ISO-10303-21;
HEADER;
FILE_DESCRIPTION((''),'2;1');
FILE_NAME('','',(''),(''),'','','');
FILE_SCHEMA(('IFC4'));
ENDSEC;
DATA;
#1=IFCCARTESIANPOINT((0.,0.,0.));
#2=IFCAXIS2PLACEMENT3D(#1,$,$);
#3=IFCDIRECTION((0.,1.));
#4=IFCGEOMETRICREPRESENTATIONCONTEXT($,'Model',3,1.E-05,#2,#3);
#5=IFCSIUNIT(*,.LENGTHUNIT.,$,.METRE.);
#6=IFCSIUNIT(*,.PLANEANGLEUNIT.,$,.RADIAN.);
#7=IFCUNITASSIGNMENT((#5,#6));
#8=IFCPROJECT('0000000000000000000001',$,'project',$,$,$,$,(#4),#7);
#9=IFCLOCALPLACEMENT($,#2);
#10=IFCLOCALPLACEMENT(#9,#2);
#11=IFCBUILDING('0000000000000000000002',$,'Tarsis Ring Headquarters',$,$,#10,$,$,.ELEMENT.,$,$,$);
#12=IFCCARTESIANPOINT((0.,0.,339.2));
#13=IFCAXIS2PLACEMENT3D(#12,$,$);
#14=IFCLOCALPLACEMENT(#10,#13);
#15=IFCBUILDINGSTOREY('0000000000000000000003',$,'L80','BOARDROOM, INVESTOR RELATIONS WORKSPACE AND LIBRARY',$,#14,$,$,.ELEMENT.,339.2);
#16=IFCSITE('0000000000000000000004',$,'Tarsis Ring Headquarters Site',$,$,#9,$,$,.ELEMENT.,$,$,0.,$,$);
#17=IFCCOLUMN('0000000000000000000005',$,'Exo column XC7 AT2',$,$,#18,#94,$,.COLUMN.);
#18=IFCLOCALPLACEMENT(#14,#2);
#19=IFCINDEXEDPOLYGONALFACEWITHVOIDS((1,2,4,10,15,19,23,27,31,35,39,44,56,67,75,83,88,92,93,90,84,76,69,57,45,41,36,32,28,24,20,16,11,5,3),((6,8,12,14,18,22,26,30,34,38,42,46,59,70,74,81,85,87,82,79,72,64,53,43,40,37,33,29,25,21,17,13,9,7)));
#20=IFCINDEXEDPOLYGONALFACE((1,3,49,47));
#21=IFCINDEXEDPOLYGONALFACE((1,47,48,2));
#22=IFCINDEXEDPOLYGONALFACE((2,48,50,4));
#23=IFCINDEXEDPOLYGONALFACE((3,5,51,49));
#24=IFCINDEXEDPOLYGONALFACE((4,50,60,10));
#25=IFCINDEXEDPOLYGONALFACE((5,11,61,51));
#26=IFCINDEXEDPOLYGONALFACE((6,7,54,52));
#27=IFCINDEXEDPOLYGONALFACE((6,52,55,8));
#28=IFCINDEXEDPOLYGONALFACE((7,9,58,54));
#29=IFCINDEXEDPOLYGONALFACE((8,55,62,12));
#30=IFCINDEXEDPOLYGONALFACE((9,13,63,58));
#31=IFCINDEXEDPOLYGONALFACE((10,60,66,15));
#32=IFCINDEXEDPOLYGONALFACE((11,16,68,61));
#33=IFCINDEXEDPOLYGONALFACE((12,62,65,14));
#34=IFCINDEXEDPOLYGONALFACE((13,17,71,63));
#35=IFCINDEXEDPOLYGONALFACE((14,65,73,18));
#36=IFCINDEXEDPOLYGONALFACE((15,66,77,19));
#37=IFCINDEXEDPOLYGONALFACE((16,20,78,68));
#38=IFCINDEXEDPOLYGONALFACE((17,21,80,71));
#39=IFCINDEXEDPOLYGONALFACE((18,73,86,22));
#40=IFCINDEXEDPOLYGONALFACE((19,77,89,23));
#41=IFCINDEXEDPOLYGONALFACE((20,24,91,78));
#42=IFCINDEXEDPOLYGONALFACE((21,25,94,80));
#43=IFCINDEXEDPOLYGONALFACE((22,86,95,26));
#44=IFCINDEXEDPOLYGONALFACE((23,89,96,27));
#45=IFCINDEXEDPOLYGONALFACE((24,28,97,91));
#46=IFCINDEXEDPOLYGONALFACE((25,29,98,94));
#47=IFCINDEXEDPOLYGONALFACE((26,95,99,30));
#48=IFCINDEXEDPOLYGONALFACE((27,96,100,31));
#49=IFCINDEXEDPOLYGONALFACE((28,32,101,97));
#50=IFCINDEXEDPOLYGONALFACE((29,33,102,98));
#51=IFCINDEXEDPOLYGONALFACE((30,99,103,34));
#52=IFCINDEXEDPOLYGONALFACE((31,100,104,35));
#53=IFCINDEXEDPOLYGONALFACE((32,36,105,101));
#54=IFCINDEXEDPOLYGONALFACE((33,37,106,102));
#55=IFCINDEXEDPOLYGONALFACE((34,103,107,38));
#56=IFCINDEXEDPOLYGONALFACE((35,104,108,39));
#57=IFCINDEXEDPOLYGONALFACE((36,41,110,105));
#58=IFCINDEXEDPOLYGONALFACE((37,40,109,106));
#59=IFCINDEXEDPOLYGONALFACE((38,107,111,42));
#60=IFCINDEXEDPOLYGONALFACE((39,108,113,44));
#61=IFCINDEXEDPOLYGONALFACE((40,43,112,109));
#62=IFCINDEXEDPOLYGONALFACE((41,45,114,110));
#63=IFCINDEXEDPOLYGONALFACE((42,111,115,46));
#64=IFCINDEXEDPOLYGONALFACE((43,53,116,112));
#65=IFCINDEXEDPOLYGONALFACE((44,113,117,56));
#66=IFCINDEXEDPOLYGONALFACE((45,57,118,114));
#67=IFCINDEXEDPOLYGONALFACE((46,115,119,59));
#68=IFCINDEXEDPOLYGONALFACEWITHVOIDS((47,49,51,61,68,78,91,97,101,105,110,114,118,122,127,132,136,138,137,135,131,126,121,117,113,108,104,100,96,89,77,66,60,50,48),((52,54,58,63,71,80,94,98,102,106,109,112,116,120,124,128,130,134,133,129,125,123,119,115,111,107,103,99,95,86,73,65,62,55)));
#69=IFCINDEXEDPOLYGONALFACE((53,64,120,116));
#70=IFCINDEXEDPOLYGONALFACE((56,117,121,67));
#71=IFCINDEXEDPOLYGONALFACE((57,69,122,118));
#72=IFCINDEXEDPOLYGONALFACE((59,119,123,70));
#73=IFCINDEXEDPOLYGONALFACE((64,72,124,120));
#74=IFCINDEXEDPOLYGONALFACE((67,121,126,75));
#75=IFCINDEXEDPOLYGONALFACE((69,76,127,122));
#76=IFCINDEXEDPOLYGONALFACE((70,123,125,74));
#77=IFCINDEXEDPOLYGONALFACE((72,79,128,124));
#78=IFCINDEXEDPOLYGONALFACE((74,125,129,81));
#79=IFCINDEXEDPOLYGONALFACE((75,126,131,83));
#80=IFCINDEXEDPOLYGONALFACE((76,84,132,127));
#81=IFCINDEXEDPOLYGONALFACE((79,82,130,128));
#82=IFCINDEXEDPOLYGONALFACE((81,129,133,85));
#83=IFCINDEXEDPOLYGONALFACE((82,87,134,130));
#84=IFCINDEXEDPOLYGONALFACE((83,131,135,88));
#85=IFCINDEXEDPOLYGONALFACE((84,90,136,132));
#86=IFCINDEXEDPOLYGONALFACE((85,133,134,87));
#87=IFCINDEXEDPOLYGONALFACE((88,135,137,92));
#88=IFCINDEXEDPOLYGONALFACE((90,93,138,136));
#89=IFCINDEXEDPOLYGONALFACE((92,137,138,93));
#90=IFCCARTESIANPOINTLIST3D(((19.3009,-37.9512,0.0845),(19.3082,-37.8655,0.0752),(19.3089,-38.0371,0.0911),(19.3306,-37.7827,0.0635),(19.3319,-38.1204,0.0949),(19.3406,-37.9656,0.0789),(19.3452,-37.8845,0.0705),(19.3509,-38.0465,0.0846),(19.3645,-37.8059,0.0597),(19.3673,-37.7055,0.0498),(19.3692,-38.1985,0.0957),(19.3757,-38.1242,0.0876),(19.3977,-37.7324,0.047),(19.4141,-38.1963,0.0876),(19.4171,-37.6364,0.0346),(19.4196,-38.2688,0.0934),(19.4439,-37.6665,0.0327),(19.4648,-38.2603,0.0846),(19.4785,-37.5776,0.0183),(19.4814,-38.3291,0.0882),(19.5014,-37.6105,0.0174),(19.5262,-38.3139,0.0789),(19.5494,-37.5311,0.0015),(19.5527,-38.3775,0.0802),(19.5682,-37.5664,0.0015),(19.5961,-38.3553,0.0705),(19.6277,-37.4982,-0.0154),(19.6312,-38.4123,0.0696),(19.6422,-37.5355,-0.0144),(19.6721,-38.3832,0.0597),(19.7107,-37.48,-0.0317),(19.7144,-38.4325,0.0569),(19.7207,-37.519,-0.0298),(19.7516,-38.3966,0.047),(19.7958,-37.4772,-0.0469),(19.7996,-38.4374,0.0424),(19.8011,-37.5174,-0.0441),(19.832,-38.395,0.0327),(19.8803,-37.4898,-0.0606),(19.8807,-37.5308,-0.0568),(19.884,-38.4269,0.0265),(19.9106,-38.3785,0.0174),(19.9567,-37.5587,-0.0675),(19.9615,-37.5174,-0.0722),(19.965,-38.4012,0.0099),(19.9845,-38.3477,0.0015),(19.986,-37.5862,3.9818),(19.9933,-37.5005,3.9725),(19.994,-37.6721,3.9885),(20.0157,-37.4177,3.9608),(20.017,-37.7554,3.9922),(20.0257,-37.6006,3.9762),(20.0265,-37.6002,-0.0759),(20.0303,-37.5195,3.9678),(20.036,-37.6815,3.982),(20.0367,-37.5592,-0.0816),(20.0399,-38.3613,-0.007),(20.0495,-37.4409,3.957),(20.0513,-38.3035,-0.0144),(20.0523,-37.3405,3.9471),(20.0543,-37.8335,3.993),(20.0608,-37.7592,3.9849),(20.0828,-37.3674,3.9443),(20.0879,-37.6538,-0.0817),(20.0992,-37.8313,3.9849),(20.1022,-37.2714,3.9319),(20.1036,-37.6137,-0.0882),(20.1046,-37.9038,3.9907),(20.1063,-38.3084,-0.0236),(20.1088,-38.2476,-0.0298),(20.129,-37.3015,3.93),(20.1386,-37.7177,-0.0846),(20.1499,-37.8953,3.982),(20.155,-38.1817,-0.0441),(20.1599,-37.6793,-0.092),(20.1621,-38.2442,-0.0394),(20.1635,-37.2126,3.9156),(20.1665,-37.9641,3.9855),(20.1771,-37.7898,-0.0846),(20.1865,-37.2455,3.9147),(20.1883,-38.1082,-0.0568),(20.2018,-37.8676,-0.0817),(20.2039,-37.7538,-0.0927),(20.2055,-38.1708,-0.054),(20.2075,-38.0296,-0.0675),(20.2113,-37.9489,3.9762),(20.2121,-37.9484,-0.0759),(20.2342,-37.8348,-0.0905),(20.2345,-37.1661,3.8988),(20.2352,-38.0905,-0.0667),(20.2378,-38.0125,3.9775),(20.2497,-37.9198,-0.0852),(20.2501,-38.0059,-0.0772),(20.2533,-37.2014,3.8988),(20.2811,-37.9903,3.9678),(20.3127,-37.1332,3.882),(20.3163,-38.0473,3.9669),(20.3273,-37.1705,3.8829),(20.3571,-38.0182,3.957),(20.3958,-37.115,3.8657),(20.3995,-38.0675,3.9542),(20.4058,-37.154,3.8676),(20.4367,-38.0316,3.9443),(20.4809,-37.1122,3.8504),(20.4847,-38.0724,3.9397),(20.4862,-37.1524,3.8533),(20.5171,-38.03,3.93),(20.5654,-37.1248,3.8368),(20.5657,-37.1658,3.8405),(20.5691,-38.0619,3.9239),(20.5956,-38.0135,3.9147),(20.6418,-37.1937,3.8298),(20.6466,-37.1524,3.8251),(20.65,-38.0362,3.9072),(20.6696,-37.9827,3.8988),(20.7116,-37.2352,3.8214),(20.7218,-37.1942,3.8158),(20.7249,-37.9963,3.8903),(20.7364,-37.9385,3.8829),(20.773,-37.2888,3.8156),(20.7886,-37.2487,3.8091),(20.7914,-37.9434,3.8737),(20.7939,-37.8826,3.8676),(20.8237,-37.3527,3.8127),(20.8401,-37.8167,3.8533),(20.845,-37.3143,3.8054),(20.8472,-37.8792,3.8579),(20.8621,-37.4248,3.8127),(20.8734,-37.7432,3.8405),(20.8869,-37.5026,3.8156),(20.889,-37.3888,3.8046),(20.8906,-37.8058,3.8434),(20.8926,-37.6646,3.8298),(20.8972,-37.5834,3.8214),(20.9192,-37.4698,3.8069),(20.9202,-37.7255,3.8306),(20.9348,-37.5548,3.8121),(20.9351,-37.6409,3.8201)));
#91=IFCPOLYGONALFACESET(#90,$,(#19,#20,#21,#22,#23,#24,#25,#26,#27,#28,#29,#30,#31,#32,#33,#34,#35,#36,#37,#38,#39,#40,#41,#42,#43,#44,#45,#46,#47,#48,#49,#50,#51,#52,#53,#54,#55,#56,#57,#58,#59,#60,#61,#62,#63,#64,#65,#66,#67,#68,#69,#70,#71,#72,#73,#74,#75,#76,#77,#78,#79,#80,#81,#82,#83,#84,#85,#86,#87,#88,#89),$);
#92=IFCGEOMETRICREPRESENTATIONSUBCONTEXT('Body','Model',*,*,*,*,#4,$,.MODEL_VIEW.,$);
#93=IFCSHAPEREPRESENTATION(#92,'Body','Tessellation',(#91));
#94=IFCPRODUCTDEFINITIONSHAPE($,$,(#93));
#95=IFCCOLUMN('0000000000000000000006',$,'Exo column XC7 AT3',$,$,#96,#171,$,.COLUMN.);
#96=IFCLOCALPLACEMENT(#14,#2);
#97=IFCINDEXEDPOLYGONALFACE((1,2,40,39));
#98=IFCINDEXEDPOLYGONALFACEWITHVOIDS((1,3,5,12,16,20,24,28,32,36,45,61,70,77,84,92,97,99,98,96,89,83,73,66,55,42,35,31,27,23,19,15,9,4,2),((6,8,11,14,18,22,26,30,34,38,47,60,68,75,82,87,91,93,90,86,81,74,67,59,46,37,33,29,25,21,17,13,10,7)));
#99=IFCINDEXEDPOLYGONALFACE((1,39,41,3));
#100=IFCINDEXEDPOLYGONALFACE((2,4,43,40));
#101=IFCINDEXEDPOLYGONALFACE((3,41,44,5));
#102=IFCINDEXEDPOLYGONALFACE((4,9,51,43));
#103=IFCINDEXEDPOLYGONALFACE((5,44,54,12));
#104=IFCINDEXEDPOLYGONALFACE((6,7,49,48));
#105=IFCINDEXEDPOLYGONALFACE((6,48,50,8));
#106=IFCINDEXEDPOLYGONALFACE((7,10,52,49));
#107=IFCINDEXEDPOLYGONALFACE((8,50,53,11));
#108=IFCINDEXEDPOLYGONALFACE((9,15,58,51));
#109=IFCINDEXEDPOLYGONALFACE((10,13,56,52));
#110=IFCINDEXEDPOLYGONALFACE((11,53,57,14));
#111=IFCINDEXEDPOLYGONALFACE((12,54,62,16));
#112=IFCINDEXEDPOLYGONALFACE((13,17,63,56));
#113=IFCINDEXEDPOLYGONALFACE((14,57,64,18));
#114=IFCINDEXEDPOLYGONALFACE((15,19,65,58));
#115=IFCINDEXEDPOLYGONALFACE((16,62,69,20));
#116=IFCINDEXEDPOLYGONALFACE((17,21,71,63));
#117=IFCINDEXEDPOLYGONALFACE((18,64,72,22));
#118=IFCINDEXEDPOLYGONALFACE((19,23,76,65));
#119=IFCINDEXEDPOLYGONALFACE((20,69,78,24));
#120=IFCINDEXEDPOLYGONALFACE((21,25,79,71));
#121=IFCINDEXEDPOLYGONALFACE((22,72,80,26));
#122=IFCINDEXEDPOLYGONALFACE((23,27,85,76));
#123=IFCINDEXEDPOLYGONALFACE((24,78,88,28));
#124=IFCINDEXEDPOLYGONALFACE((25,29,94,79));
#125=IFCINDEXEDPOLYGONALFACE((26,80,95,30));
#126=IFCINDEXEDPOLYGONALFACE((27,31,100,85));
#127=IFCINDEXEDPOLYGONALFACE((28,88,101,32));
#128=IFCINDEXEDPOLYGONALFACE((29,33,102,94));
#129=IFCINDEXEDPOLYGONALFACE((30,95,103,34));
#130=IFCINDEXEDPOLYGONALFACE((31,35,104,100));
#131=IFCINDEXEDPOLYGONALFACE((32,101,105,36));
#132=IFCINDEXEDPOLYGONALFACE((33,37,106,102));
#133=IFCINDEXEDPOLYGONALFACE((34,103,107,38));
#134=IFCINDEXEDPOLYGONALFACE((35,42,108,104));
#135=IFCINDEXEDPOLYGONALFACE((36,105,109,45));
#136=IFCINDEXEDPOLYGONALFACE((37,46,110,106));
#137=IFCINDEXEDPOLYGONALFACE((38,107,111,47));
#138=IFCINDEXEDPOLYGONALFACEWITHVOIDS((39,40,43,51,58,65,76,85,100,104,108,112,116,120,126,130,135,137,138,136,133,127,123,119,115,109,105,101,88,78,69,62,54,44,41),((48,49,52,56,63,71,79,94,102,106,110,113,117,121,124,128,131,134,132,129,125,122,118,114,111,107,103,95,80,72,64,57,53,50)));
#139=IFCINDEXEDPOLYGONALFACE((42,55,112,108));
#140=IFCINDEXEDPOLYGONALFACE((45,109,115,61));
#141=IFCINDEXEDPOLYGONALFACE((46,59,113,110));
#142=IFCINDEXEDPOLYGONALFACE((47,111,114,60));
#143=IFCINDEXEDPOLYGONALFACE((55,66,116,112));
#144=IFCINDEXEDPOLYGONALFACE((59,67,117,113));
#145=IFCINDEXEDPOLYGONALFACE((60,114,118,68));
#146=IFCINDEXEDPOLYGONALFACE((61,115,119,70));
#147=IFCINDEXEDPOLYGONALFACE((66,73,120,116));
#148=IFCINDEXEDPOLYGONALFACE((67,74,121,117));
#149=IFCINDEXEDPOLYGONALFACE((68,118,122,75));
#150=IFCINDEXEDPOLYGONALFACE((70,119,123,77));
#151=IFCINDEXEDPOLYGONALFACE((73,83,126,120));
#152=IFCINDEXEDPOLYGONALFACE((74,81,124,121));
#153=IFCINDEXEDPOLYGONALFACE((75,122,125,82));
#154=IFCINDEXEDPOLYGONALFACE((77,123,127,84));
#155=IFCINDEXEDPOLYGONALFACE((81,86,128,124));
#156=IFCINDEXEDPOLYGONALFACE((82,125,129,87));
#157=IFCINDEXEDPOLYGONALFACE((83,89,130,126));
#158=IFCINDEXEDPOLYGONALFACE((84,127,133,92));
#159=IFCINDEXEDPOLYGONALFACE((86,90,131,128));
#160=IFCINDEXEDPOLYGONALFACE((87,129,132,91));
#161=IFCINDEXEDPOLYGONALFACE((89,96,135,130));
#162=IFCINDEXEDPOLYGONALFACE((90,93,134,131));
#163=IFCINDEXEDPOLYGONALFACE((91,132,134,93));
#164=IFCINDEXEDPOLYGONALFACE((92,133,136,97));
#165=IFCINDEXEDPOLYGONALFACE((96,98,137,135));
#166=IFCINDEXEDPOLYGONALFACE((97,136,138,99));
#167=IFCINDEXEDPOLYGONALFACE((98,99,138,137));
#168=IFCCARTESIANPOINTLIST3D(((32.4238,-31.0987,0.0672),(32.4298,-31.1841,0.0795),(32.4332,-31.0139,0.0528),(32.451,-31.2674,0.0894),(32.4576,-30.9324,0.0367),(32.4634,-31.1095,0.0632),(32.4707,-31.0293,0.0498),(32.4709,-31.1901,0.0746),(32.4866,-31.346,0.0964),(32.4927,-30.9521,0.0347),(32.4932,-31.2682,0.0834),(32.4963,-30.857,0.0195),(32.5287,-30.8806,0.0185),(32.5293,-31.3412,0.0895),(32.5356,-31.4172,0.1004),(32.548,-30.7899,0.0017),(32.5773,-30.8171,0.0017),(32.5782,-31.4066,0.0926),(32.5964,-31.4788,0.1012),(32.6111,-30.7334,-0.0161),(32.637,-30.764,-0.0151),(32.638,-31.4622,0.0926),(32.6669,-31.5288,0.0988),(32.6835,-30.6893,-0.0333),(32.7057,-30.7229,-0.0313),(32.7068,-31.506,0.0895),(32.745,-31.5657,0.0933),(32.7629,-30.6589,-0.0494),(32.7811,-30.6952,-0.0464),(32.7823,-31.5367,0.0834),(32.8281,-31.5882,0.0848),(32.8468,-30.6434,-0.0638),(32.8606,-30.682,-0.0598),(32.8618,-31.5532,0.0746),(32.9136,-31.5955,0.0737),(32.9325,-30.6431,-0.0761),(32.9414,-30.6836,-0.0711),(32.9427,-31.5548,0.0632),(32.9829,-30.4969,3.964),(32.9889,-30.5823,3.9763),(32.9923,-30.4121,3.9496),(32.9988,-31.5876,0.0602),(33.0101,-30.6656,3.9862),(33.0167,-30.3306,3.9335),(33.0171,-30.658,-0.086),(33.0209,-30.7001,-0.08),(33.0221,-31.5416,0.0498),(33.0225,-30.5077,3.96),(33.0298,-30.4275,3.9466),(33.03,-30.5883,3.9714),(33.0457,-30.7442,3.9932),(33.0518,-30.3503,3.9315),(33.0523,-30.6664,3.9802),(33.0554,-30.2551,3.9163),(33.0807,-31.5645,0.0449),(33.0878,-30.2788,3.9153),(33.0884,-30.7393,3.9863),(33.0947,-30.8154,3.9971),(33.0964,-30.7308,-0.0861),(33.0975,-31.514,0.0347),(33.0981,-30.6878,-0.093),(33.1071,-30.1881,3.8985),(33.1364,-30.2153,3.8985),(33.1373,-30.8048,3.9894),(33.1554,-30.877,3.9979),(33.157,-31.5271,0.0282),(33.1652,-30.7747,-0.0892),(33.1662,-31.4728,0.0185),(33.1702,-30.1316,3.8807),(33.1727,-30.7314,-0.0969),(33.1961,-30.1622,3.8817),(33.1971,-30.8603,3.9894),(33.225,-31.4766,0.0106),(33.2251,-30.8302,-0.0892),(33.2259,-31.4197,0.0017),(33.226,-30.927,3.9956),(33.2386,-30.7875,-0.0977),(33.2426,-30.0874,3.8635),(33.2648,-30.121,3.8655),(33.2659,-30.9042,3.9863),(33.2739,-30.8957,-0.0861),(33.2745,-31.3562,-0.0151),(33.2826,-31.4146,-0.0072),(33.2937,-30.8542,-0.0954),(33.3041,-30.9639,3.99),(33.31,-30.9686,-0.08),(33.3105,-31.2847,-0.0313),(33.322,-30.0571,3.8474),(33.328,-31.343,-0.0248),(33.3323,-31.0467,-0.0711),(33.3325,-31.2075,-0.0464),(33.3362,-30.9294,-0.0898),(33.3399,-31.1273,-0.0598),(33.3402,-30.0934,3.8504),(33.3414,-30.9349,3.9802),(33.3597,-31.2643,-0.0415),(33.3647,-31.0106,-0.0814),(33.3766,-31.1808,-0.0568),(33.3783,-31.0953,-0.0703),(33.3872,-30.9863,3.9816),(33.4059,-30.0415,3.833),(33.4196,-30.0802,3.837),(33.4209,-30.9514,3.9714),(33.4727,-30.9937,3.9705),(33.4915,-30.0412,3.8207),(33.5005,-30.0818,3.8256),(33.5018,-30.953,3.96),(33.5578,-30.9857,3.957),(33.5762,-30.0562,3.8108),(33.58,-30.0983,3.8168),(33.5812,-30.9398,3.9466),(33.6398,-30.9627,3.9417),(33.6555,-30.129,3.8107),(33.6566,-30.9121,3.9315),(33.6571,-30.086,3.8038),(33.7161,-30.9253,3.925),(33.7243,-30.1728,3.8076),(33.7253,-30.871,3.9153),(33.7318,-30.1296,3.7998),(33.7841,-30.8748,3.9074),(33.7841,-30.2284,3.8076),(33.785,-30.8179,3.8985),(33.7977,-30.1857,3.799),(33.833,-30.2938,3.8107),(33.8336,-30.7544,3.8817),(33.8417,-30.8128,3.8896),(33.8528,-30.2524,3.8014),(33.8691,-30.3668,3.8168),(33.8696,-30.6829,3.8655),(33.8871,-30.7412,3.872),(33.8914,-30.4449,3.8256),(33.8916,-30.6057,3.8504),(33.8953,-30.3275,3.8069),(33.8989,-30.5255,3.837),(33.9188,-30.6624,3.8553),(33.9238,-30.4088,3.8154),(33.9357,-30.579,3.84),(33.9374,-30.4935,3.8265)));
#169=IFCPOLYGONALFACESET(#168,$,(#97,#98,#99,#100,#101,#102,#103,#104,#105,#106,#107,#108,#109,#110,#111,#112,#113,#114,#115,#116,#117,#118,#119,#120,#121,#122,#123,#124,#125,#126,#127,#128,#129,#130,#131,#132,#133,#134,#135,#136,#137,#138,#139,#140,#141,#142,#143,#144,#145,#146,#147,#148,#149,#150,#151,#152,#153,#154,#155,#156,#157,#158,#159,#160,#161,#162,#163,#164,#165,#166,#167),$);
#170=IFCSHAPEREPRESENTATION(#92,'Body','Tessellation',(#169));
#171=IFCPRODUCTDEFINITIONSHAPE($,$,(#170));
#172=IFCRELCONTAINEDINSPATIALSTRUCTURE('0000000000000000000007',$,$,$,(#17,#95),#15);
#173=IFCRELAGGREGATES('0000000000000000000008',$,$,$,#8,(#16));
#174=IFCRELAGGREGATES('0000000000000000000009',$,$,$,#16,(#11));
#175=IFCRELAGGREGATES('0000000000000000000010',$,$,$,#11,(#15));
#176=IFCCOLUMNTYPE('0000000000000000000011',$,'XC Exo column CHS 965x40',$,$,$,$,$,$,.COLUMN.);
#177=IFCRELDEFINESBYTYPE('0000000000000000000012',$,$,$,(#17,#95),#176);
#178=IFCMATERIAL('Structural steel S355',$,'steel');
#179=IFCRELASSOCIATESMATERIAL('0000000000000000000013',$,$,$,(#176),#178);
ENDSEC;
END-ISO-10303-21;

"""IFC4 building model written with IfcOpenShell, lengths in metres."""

from ifc_helpers import new_model, si_unit, direction, frame, origin, origin_2d, place, context, subcontext, project, spatial, hollow_circle, extrude, material, material_profile, profile_set, type_object, element, save


model = new_model("IFC4")

# Units and contexts
model_context = context("Model", 3, precision=1e-05, world=origin(), true_north=direction((0.0, 1.0)))
body_context = subcontext(model_context, "Body", "Model", "MODEL_VIEW")
ifc_project = project(units=[si_unit("LENGTHUNIT", "METRE"), si_unit("PLANEANGLEUNIT", "RADIAN")], contexts=[model_context])

# Site, building, storey
site_placement = place(None, origin())
site = spatial("IfcSite", under=ifc_project, at=site_placement, Name="Tarsis Ring Headquarters Site", CompositionType="ELEMENT", RefElevation=0.0)
building_placement = place(site_placement, origin())
building = spatial("IfcBuilding", under=site, at=building_placement, Name="Tarsis Ring Headquarters", CompositionType="ELEMENT")
storey_placement = place(building_placement, frame((0.0, 0.0, 339.2)))
storey = spatial("IfcBuildingStorey", under=building, at=storey_placement, Name="L80", Description="BOARDROOM, INVESTOR RELATIONS WORKSPACE AND LIBRARY", CompositionType="ELEMENT", Elevation=339.2)

# Columns
ifc_material_1 = material(Name="Structural steel S355", Category="steel")
ifc_material_profile_1 = material_profile(ifc_material_1, hollow_circle(Radius=0.4827, WallThickness=0.04, at=origin_2d()), Name="CHS 965x40")
ifc_profile_set_1 = profile_set([ifc_material_profile_1], Name="Structural steel S355")
column_type = type_object("IfcColumnType", Name="XC Exo column CHS 965x40", PredefinedType="COLUMN", material=ifc_profile_set_1)
column_1_placement = place(storey_placement, frame((19.7764, -37.957, 0.0015), z_axis=(0.172395, 0.09185, 0.980736), x_axis=(-0.470213, 0.882553, 0.0)))
element("IfcColumn", 1, at=column_1_placement, inside=storey, type_object=column_type, Name="Exo column XC7 AT2", PredefinedType="COLUMN", context=body_context, shape_type="SweptSolid", body=[
    extrude(hollow_circle(Radius=0.4827, WallThickness=0.04, at=origin_2d()), origin(), (0.0, 0.0, 1.0), 3.9739),
])
column_2_placement = place(storey_placement, frame((32.9016, -31.1184, 0.0017), z_axis=(0.140389, 0.151118, 0.978496), x_axis=(-0.732635, 0.680622, 0.0)))
element("IfcColumn", 2, at=column_2_placement, inside=storey, type_object=column_type, Name="Exo column XC7 AT3", PredefinedType="COLUMN", context=body_context, shape_type="SweptSolid", body=[
    extrude(hollow_circle(Radius=0.4827, WallThickness=0.04, at=origin_2d()), origin(), (0.0, 0.0, 1.0), 3.9824),
])

save(model, "model.ifc")
